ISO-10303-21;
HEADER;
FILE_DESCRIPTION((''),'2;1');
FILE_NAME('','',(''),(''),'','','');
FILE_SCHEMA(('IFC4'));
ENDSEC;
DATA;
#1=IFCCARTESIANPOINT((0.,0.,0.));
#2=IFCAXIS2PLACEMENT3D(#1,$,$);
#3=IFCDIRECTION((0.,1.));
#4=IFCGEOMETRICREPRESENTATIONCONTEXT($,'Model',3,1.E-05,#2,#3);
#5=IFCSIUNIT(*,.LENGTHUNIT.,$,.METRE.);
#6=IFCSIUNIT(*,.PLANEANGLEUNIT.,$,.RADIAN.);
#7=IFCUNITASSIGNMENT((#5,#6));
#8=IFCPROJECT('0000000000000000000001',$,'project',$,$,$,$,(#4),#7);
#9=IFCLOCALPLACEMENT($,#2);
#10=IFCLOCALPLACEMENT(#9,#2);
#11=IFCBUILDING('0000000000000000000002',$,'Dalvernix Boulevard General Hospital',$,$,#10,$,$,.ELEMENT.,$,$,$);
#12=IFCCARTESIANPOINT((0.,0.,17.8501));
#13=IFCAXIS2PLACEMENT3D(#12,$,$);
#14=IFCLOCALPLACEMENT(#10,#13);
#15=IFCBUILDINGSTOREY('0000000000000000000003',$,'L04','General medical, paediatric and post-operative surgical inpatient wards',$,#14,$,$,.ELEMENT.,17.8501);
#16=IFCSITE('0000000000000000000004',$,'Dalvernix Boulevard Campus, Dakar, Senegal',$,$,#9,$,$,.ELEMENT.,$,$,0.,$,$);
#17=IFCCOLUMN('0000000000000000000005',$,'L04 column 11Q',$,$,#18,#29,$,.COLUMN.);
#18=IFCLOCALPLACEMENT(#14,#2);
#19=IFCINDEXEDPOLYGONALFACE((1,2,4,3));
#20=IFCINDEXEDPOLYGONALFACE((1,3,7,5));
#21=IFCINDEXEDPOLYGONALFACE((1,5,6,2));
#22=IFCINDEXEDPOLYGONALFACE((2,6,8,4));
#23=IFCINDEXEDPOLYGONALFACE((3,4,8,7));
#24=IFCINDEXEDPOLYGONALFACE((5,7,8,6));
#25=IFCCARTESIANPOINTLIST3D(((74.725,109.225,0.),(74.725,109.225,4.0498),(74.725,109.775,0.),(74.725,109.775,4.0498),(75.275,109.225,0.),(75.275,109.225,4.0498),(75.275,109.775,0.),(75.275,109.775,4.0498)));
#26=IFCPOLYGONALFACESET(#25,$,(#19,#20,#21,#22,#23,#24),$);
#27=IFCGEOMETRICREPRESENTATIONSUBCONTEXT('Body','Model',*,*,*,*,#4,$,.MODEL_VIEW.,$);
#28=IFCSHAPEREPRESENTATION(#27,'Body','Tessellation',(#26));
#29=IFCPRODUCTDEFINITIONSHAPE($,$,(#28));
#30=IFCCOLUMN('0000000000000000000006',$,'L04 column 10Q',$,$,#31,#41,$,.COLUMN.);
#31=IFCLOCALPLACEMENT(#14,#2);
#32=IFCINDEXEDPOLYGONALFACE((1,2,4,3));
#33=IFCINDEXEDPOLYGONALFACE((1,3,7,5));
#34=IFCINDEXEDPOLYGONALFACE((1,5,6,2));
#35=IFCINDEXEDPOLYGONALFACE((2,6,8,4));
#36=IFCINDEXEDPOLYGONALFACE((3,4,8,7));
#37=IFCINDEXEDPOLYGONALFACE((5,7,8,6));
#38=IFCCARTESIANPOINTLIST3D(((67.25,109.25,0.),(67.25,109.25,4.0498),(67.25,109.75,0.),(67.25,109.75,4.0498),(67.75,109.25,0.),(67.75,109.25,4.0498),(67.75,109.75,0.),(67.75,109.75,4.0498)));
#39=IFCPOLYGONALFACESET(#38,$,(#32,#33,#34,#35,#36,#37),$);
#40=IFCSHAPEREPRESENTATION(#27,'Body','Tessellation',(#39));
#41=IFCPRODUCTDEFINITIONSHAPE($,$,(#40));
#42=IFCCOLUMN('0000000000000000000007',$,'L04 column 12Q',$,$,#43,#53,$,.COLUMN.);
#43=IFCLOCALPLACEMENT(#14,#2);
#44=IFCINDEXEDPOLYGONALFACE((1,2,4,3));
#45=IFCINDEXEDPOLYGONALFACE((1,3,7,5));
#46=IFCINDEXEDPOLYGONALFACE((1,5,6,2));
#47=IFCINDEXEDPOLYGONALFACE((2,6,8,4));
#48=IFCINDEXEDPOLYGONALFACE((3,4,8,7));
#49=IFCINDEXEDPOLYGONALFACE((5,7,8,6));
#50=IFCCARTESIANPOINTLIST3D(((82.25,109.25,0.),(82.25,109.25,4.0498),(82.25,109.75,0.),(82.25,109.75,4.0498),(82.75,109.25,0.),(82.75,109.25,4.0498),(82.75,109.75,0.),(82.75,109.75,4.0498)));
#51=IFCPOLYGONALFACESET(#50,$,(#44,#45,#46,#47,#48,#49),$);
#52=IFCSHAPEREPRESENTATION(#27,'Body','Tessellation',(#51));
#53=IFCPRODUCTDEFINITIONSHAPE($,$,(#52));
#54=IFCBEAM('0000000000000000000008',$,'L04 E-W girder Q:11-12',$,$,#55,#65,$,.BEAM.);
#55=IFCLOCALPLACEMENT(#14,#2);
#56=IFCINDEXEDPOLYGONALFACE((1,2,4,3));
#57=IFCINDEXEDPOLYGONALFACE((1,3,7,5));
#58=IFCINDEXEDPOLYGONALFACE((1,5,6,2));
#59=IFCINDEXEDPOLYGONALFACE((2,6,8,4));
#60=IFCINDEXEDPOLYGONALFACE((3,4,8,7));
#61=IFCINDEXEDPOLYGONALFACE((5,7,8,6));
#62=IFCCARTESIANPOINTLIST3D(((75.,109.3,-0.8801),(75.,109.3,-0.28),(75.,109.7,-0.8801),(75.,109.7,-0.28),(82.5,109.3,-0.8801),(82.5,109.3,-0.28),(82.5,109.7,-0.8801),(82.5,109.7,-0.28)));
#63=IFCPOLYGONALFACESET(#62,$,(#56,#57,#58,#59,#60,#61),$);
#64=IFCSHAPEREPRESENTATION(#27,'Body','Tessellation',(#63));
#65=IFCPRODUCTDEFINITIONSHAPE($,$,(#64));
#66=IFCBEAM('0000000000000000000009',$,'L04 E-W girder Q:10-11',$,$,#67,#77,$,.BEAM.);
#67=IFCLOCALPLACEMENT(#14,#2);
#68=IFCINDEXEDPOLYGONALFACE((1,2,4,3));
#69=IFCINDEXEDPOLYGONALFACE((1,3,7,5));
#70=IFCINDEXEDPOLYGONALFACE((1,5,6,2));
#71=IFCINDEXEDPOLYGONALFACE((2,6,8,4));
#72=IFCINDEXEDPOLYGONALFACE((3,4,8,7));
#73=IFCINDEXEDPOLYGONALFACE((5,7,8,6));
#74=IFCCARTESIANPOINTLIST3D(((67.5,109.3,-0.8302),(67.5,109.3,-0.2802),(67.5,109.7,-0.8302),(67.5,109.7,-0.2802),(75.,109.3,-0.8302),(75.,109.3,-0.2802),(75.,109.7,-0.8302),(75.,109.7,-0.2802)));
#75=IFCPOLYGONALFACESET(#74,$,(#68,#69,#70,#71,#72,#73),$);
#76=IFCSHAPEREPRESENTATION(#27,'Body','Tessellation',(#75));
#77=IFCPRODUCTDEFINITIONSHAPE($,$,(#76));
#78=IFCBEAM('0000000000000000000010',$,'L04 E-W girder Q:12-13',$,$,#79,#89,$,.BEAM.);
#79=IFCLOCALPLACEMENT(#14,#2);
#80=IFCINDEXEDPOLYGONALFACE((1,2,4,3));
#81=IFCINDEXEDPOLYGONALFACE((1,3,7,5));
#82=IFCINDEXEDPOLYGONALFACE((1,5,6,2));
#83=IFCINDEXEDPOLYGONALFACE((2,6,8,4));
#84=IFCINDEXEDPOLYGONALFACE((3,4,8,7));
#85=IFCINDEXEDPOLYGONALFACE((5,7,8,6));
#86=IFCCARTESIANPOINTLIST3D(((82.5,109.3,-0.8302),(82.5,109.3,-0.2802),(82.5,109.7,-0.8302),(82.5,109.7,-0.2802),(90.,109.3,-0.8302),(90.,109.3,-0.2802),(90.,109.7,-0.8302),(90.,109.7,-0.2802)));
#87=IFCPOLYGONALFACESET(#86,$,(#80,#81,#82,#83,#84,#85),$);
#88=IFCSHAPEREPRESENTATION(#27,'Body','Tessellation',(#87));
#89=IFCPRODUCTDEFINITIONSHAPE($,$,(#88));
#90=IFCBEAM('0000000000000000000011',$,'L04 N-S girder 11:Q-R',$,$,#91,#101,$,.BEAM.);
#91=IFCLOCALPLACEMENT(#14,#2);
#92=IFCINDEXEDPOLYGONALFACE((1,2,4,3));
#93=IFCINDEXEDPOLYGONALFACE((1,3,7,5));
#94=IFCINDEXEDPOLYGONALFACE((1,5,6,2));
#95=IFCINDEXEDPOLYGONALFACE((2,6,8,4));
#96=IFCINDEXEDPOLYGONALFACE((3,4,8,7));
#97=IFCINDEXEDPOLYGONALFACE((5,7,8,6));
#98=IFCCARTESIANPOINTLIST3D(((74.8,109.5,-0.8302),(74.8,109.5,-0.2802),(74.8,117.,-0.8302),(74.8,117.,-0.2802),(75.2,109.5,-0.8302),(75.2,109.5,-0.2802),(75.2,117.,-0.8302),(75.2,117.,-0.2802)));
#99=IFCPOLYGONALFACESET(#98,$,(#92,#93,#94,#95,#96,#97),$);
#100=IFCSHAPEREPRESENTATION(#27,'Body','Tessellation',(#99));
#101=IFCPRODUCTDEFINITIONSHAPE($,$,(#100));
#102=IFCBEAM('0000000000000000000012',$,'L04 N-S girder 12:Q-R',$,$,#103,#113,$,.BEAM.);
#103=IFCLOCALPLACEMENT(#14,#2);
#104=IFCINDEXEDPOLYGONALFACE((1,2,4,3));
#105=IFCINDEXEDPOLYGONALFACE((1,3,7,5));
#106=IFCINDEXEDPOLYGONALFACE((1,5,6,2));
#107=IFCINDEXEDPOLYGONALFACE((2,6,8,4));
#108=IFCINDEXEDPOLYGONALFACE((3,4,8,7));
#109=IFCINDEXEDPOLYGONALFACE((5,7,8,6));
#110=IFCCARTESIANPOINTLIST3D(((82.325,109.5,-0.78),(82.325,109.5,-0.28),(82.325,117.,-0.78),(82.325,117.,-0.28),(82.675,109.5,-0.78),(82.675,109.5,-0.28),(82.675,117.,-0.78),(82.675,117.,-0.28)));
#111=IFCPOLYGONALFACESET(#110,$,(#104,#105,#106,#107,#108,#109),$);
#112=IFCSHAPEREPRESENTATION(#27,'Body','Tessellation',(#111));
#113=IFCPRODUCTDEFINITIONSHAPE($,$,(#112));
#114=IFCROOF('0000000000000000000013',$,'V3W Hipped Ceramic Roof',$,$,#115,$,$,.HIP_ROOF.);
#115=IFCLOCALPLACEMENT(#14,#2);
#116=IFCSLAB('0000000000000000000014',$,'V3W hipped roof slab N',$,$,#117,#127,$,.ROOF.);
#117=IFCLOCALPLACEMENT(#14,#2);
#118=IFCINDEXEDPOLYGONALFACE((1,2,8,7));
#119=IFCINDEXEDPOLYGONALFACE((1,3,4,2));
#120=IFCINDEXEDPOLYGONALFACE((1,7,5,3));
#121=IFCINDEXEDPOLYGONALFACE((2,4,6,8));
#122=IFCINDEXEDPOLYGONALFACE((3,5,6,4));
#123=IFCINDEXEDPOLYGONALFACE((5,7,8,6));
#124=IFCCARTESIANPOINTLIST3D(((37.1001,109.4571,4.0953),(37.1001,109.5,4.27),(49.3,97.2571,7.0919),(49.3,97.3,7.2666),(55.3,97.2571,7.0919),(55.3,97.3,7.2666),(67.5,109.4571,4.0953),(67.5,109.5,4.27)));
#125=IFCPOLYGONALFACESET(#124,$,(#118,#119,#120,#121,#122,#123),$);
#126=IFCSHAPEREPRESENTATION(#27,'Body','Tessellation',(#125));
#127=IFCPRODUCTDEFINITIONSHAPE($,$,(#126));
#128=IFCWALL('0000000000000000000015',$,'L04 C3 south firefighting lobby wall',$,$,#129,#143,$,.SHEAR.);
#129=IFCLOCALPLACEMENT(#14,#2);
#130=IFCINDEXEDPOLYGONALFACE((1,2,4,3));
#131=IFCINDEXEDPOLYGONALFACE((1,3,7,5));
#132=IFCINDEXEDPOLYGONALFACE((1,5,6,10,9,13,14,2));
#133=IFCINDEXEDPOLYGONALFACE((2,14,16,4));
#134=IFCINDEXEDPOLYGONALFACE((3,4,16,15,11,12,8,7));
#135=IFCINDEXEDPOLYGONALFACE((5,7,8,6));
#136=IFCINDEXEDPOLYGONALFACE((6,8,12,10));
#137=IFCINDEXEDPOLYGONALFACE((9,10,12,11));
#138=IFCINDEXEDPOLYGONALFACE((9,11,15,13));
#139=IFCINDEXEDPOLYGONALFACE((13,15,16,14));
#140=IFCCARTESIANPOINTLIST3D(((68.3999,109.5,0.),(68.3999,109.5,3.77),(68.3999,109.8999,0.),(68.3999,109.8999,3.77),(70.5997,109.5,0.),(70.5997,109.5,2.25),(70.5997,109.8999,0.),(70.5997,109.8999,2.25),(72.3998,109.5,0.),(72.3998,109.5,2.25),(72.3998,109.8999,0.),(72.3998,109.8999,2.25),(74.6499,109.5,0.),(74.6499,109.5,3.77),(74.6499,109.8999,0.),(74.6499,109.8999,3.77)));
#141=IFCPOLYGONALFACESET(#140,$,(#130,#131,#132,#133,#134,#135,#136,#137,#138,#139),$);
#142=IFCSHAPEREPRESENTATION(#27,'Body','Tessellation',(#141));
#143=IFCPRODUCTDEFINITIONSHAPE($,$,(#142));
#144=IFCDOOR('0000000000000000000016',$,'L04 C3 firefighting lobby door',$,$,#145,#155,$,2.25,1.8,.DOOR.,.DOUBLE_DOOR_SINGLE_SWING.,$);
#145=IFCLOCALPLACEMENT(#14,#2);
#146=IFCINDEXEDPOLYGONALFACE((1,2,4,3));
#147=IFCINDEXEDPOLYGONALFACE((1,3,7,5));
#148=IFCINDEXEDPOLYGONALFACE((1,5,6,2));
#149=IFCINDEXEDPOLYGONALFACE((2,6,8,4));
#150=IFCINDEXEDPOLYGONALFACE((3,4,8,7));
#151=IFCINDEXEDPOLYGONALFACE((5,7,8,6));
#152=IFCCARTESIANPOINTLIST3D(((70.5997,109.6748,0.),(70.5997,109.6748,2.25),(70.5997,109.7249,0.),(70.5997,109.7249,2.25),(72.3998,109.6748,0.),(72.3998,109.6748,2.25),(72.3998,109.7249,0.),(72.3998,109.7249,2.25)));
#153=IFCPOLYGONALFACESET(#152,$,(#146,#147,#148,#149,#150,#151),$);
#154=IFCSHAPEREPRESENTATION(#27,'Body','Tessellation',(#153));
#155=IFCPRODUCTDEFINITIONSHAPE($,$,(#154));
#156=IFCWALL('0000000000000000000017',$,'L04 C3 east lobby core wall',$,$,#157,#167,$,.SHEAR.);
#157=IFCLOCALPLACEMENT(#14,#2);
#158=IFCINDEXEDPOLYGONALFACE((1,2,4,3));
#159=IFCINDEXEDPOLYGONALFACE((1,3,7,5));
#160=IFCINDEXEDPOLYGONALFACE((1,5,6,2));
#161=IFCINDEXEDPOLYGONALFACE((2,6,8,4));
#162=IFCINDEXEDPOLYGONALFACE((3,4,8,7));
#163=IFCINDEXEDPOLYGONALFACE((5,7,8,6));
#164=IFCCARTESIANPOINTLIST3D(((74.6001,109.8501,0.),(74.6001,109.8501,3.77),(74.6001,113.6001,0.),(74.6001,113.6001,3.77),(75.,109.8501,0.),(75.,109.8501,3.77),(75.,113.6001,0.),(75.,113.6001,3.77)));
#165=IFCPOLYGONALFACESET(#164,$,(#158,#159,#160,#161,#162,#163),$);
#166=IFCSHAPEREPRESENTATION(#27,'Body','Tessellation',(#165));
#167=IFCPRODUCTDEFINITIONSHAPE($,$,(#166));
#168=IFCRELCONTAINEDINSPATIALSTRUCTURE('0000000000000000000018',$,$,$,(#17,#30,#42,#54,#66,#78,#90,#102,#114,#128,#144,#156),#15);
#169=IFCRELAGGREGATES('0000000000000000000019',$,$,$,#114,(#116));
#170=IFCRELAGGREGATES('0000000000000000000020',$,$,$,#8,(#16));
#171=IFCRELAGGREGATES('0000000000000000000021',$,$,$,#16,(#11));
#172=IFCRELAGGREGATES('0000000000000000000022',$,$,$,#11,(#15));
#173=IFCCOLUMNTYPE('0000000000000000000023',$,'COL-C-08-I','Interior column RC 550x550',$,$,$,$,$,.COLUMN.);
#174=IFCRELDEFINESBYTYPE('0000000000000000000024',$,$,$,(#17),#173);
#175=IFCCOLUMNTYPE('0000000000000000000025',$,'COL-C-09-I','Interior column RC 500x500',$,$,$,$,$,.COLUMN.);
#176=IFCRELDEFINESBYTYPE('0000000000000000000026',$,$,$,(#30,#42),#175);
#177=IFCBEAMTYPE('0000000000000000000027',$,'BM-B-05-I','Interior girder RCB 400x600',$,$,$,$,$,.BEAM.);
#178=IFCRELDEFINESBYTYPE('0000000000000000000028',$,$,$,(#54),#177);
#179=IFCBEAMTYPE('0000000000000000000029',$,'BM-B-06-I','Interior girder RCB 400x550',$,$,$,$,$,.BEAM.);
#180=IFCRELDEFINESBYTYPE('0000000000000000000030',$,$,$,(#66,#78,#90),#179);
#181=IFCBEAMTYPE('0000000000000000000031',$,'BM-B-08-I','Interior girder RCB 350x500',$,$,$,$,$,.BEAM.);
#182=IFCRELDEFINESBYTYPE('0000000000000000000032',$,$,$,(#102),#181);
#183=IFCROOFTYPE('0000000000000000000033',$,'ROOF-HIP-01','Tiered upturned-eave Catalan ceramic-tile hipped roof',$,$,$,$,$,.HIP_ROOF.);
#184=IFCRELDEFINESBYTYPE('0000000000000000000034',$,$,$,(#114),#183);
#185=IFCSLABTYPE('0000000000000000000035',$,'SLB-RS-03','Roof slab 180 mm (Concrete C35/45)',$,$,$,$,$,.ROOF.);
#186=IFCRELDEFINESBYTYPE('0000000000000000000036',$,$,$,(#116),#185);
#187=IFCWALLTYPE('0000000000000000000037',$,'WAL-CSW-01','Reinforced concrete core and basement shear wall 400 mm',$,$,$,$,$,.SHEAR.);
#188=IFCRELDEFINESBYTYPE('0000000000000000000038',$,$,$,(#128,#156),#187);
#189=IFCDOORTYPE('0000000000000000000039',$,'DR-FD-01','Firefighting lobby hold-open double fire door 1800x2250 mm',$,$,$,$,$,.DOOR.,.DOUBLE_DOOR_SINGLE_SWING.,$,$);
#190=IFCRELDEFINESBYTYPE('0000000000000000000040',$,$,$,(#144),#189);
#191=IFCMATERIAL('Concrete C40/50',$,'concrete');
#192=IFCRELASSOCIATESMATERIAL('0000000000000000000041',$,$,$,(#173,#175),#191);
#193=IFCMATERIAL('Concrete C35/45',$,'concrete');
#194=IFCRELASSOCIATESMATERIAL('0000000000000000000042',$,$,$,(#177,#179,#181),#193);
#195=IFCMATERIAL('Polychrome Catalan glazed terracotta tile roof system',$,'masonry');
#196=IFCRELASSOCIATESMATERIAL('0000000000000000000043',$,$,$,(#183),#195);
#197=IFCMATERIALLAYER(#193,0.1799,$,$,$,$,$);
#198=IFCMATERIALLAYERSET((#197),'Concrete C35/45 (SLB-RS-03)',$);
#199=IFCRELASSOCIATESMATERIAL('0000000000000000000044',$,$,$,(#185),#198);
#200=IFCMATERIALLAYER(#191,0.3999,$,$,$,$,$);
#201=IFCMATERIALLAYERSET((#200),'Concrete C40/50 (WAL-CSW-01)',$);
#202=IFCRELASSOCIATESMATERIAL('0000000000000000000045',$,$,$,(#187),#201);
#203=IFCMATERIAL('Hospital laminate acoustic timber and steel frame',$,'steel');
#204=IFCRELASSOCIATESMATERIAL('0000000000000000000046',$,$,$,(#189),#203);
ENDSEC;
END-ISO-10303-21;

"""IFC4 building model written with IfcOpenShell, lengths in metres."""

from ifc_helpers import new_model, si_unit, direction, frame, frame_2d, origin, origin_2d, place, context, subcontext, project, spatial, polyline, rectangle, outline, extrude, material, layer, layer_set, material_profile, profile_set, type_object, element, fill, aggregate, save


model = new_model("IFC4")

# Units and contexts
model_context = context("Model", 3, precision=1e-05, world=origin(), true_north=direction((0.0, 1.0)))
body_context = subcontext(model_context, "Body", "Model", "MODEL_VIEW")
ifc_project = project(units=[si_unit("LENGTHUNIT", "METRE"), si_unit("PLANEANGLEUNIT", "RADIAN")], contexts=[model_context])

# Site, building, storey
site_placement = place(None, origin())
site = spatial("IfcSite", under=ifc_project, at=site_placement, Name="Dalvernix Boulevard Campus, Dakar, Senegal", CompositionType="ELEMENT", RefElevation=0.0)
building_placement = place(site_placement, origin())
building = spatial("IfcBuilding", under=site, at=building_placement, Name="Dalvernix Boulevard General Hospital", CompositionType="ELEMENT")
storey_placement = place(building_placement, frame((0.0, 0.0, 17.8501)))
storey = spatial("IfcBuildingStorey", under=building, at=storey_placement, Name="L04", Description="General medical, paediatric and post-operative surgical inpatient wards", CompositionType="ELEMENT", Elevation=17.8501)

# Columns
ifc_material_1 = material(Name="Concrete C40/50", Category="concrete")
ifc_material_profile_1 = material_profile(ifc_material_1, rectangle(XDim=0.55, YDim=0.55, at=origin_2d()), Name="RC 550x550")
ifc_profile_set_1 = profile_set([ifc_material_profile_1], Name="Concrete C40/50")
column_type_1 = type_object("IfcColumnType", Name="COL-C-08-I", Description="Interior column RC 550x550", PredefinedType="COLUMN", material=ifc_profile_set_1)
column_placement = place(storey_placement, frame((75.0, 109.5, 0.0), z_axis=(0.0, 0.0, 1.0), x_axis=(1.0, 0.0, 0.0)))
element("IfcColumn", 1, at=column_placement, inside=storey, type_object=column_type_1, Name="L04 column 11Q", PredefinedType="COLUMN", context=body_context, shape_type="SweptSolid", body=[
    extrude(rectangle(XDim=0.55, YDim=0.55, at=origin_2d()), origin(), (0.0, 0.0, 1.0), 4.0498),
])
ifc_material_profile_2 = material_profile(ifc_material_1, rectangle(XDim=0.5, YDim=0.5, at=origin_2d()), Name="RC 500x500")
ifc_profile_set_2 = profile_set([ifc_material_profile_2], Name="Concrete C40/50")
column_type_2 = type_object("IfcColumnType", Name="COL-C-09-I", Description="Interior column RC 500x500", PredefinedType="COLUMN", material=ifc_profile_set_2)
for number, where, z_axis, x_axis, name in (
    (2, (67.5, 109.5, 0.0), (0.0, 0.0, 1.0), (1.0, 0.0, 0.0), "L04 column 10Q"),
    (3, (82.5, 109.5, 0.0), (0.0, 0.0, 1.0), (1.0, 0.0, 0.0), "L04 column 12Q"),
):
    element("IfcColumn", number, at=place(storey_placement, frame(where, z_axis=z_axis, x_axis=x_axis)), inside=storey, type_object=column_type_2, Name=name, PredefinedType="COLUMN", context=body_context, shape_type="SweptSolid", body=[
        extrude(rectangle(XDim=0.5, YDim=0.5, at=origin_2d()), origin(), (0.0, 0.0, 1.0), 4.0498),
    ])

# Beams
ifc_material_2 = material(Name="Concrete C35/45", Category="concrete")
ifc_material_profile_3 = material_profile(ifc_material_2, rectangle(XDim=0.3999, YDim=0.6001, at=origin_2d()), Name="RCB 400x600")
ifc_profile_set_3 = profile_set([ifc_material_profile_3], Name="Concrete C35/45")
beam_type_1 = type_object("IfcBeamType", Name="BM-B-05-I", Description="Interior girder RCB 400x600", PredefinedType="BEAM", material=ifc_profile_set_3)
beam_1_placement = place(storey_placement, frame((75.0, 109.5, -0.5801), z_axis=(1.0, 0.0, 0.0), x_axis=(0.0, 1.0, 0.0)))
element("IfcBeam", 4, at=beam_1_placement, inside=storey, type_object=beam_type_1, Name="L04 E-W girder Q:11-12", PredefinedType="BEAM", context=body_context, shape_type="SweptSolid", body=[
    extrude(rectangle(XDim=0.3999, YDim=0.6001, at=origin_2d()), origin(), (0.0, 0.0, 1.0), 7.5),
])
ifc_material_profile_4 = material_profile(ifc_material_2, rectangle(XDim=0.3999, YDim=0.55, at=origin_2d()), Name="RCB 400x550")
ifc_profile_set_4 = profile_set([ifc_material_profile_4], Name="Concrete C35/45")
beam_type_2 = type_object("IfcBeamType", Name="BM-B-06-I", Description="Interior girder RCB 400x550", PredefinedType="BEAM", material=ifc_profile_set_4)
for number, where, z_axis, x_axis, name in (
    (5, (67.5, 109.5, -0.5552), (1.0, 0.0, 0.0), (0.0, 1.0, 0.0), "L04 E-W girder Q:10-11"),
    (6, (82.5, 109.5, -0.5552), (1.0, 0.0, 0.0), (0.0, 1.0, 0.0), "L04 E-W girder Q:12-13"),
    (7, (75.0, 109.5, -0.5552), (0.0, 1.0, 0.0), (-1.0, 0.0, 0.0), "L04 N-S girder 11:Q-R"),
):
    element("IfcBeam", number, at=place(storey_placement, frame(where, z_axis=z_axis, x_axis=x_axis)), inside=storey, type_object=beam_type_2, Name=name, PredefinedType="BEAM", context=body_context, shape_type="SweptSolid", body=[
        extrude(rectangle(XDim=0.3999, YDim=0.55, at=origin_2d()), origin(), (0.0, 0.0, 1.0), 7.5),
    ])
ifc_material_profile_5 = material_profile(ifc_material_2, rectangle(XDim=0.3501, YDim=0.5, at=origin_2d()), Name="RCB 350x500")
ifc_profile_set_5 = profile_set([ifc_material_profile_5], Name="Concrete C35/45")
beam_type_3 = type_object("IfcBeamType", Name="BM-B-08-I", Description="Interior girder RCB 350x500", PredefinedType="BEAM", material=ifc_profile_set_5)
beam_2_placement = place(storey_placement, frame((82.5, 109.5, -0.53), z_axis=(0.0, 1.0, 0.0), x_axis=(-1.0, 0.0, 0.0)))
element("IfcBeam", 8, at=beam_2_placement, inside=storey, type_object=beam_type_3, Name="L04 N-S girder 12:Q-R", PredefinedType="BEAM", context=body_context, shape_type="SweptSolid", body=[
    extrude(rectangle(XDim=0.3501, YDim=0.5, at=origin_2d()), origin(), (0.0, 0.0, 1.0), 7.5),
])

# Roof, slab
ifc_material_3 = material(Name="Polychrome Catalan glazed terracotta tile roof system", Category="masonry")
roof_type_1 = type_object("IfcRoofType", Name="ROOF-HIP-01", Description="Tiered upturned-eave Catalan ceramic-tile hipped roof", PredefinedType="HIP_ROOF", material=ifc_material_3)
roof_1_placement = place(storey_placement, origin())
roof_1 = element("IfcRoof", 9, at=roof_1_placement, inside=storey, type_object=roof_type_1, Name="V3W Hipped Ceramic Roof", PredefinedType="HIP_ROOF")
ifc_layer_1 = layer(ifc_material_2, 0.1799)
ifc_layer_set_1 = layer_set([ifc_layer_1], Name="Concrete C35/45 (SLB-RS-03)")
slab_type = type_object("IfcSlabType", Name="SLB-RS-03", Description="Roof slab 180 mm (Concrete C35/45)", PredefinedType="ROOF", material=ifc_layer_set_1)
slab_placement = place(storey_placement, frame((67.5, 109.5, 4.27), z_axis=(0.0, 0.238532, 0.971135), x_axis=(-1.0, 0.0, 0.0)))
slab = element("IfcSlab", 10, at=slab_placement, type_object=slab_type, Name="V3W hipped roof slab N", PredefinedType="ROOF", context=body_context, shape_type="SweptSolid", body=[
    extrude(outline(polyline([(0.0, 0.0), (30.3999, 0.0), (18.2, 12.5626), (12.2, 12.5626), (0.0, 0.0)])), origin(), (0.0, 0.0, -1.0), 0.1799),
])
aggregate(roof_1, [slab])

# Wall, opening, door
ifc_layer_2 = layer(ifc_material_1, 0.3999)
ifc_layer_set_2 = layer_set([ifc_layer_2], Name="Concrete C40/50 (WAL-CSW-01)")
wall_type_1 = type_object("IfcWallType", Name="WAL-CSW-01", Description="Reinforced concrete core and basement shear wall 400 mm", PredefinedType="SHEAR", material=ifc_layer_set_2)
wall_1_placement = place(storey_placement, frame((68.3999, 109.7, 0.0), z_axis=(0.0, 0.0, 1.0), x_axis=(1.0, 0.0, 0.0)))
wall_1 = element("IfcWall", 11, at=wall_1_placement, inside=storey, type_object=wall_type_1, Name="L04 C3 south firefighting lobby wall", PredefinedType="SHEAR", context=body_context, shape_type="SweptSolid", body=[
    extrude(rectangle(XDim=6.25, YDim=0.3999, at=frame_2d((3.125, 0.0))), origin(), (0.0, 0.0, 1.0), 3.77),
])
opening_1_placement = place(wall_1_placement, frame((2.2, 0.0, 0.0)))
opening_1 = element("IfcOpeningElement", 12, at=opening_1_placement, cuts=wall_1, PredefinedType="OPENING", context=body_context, shape_type="SweptSolid", body=[
    extrude(rectangle(XDim=1.8, YDim=2.25, at=frame_2d((0.8999, 1.125))), frame((0.0, 0.21, 0.0), z_axis=(0.0, -1.0, 0.0), x_axis=(1.0, 0.0, 0.0)), (0.0, 0.0, 1.0), 0.4199),
])
ifc_material_4 = material(Name="Hospital laminate acoustic timber and steel frame", Category="steel")
door_type_1 = type_object("IfcDoorType", Name="DR-FD-01", Description="Firefighting lobby hold-open double fire door 1800x2250 mm", OperationType="DOUBLE_DOOR_SINGLE_SWING", PredefinedType="DOOR", material=ifc_material_4)
door_1_placement = place(opening_1_placement, origin())
door_1 = element("IfcDoor", 13, at=door_1_placement, inside=storey, type_object=door_type_1, Name="L04 C3 firefighting lobby door", OperationType="DOUBLE_DOOR_SINGLE_SWING", OverallHeight=2.25, OverallWidth=1.8, PredefinedType="DOOR", context=body_context, shape_type="SweptSolid", body=[
    extrude(rectangle(XDim=1.8, YDim=2.25, at=frame_2d((0.8999, 1.125))), frame((0.0, 0.0249, 0.0), z_axis=(0.0, -1.0, 0.0), x_axis=(1.0, 0.0, 0.0)), (0.0, 0.0, 1.0), 0.05),
])
fill(opening_1, door_1)

# Wall
wall_2_placement = place(storey_placement, frame((74.8, 109.8501, 0.0), z_axis=(0.0, 0.0, 1.0), x_axis=(0.0, 1.0, 0.0)))
element("IfcWall", 14, at=wall_2_placement, inside=storey, type_object=wall_type_1, Name="L04 C3 east lobby core wall", PredefinedType="SHEAR", context=body_context, shape_type="SweptSolid", body=[
    extrude(rectangle(XDim=3.75, YDim=0.3999, at=frame_2d((1.875, 0.0))), origin(), (0.0, 0.0, 1.0), 3.77),
])

save(model, "model.ifc")
